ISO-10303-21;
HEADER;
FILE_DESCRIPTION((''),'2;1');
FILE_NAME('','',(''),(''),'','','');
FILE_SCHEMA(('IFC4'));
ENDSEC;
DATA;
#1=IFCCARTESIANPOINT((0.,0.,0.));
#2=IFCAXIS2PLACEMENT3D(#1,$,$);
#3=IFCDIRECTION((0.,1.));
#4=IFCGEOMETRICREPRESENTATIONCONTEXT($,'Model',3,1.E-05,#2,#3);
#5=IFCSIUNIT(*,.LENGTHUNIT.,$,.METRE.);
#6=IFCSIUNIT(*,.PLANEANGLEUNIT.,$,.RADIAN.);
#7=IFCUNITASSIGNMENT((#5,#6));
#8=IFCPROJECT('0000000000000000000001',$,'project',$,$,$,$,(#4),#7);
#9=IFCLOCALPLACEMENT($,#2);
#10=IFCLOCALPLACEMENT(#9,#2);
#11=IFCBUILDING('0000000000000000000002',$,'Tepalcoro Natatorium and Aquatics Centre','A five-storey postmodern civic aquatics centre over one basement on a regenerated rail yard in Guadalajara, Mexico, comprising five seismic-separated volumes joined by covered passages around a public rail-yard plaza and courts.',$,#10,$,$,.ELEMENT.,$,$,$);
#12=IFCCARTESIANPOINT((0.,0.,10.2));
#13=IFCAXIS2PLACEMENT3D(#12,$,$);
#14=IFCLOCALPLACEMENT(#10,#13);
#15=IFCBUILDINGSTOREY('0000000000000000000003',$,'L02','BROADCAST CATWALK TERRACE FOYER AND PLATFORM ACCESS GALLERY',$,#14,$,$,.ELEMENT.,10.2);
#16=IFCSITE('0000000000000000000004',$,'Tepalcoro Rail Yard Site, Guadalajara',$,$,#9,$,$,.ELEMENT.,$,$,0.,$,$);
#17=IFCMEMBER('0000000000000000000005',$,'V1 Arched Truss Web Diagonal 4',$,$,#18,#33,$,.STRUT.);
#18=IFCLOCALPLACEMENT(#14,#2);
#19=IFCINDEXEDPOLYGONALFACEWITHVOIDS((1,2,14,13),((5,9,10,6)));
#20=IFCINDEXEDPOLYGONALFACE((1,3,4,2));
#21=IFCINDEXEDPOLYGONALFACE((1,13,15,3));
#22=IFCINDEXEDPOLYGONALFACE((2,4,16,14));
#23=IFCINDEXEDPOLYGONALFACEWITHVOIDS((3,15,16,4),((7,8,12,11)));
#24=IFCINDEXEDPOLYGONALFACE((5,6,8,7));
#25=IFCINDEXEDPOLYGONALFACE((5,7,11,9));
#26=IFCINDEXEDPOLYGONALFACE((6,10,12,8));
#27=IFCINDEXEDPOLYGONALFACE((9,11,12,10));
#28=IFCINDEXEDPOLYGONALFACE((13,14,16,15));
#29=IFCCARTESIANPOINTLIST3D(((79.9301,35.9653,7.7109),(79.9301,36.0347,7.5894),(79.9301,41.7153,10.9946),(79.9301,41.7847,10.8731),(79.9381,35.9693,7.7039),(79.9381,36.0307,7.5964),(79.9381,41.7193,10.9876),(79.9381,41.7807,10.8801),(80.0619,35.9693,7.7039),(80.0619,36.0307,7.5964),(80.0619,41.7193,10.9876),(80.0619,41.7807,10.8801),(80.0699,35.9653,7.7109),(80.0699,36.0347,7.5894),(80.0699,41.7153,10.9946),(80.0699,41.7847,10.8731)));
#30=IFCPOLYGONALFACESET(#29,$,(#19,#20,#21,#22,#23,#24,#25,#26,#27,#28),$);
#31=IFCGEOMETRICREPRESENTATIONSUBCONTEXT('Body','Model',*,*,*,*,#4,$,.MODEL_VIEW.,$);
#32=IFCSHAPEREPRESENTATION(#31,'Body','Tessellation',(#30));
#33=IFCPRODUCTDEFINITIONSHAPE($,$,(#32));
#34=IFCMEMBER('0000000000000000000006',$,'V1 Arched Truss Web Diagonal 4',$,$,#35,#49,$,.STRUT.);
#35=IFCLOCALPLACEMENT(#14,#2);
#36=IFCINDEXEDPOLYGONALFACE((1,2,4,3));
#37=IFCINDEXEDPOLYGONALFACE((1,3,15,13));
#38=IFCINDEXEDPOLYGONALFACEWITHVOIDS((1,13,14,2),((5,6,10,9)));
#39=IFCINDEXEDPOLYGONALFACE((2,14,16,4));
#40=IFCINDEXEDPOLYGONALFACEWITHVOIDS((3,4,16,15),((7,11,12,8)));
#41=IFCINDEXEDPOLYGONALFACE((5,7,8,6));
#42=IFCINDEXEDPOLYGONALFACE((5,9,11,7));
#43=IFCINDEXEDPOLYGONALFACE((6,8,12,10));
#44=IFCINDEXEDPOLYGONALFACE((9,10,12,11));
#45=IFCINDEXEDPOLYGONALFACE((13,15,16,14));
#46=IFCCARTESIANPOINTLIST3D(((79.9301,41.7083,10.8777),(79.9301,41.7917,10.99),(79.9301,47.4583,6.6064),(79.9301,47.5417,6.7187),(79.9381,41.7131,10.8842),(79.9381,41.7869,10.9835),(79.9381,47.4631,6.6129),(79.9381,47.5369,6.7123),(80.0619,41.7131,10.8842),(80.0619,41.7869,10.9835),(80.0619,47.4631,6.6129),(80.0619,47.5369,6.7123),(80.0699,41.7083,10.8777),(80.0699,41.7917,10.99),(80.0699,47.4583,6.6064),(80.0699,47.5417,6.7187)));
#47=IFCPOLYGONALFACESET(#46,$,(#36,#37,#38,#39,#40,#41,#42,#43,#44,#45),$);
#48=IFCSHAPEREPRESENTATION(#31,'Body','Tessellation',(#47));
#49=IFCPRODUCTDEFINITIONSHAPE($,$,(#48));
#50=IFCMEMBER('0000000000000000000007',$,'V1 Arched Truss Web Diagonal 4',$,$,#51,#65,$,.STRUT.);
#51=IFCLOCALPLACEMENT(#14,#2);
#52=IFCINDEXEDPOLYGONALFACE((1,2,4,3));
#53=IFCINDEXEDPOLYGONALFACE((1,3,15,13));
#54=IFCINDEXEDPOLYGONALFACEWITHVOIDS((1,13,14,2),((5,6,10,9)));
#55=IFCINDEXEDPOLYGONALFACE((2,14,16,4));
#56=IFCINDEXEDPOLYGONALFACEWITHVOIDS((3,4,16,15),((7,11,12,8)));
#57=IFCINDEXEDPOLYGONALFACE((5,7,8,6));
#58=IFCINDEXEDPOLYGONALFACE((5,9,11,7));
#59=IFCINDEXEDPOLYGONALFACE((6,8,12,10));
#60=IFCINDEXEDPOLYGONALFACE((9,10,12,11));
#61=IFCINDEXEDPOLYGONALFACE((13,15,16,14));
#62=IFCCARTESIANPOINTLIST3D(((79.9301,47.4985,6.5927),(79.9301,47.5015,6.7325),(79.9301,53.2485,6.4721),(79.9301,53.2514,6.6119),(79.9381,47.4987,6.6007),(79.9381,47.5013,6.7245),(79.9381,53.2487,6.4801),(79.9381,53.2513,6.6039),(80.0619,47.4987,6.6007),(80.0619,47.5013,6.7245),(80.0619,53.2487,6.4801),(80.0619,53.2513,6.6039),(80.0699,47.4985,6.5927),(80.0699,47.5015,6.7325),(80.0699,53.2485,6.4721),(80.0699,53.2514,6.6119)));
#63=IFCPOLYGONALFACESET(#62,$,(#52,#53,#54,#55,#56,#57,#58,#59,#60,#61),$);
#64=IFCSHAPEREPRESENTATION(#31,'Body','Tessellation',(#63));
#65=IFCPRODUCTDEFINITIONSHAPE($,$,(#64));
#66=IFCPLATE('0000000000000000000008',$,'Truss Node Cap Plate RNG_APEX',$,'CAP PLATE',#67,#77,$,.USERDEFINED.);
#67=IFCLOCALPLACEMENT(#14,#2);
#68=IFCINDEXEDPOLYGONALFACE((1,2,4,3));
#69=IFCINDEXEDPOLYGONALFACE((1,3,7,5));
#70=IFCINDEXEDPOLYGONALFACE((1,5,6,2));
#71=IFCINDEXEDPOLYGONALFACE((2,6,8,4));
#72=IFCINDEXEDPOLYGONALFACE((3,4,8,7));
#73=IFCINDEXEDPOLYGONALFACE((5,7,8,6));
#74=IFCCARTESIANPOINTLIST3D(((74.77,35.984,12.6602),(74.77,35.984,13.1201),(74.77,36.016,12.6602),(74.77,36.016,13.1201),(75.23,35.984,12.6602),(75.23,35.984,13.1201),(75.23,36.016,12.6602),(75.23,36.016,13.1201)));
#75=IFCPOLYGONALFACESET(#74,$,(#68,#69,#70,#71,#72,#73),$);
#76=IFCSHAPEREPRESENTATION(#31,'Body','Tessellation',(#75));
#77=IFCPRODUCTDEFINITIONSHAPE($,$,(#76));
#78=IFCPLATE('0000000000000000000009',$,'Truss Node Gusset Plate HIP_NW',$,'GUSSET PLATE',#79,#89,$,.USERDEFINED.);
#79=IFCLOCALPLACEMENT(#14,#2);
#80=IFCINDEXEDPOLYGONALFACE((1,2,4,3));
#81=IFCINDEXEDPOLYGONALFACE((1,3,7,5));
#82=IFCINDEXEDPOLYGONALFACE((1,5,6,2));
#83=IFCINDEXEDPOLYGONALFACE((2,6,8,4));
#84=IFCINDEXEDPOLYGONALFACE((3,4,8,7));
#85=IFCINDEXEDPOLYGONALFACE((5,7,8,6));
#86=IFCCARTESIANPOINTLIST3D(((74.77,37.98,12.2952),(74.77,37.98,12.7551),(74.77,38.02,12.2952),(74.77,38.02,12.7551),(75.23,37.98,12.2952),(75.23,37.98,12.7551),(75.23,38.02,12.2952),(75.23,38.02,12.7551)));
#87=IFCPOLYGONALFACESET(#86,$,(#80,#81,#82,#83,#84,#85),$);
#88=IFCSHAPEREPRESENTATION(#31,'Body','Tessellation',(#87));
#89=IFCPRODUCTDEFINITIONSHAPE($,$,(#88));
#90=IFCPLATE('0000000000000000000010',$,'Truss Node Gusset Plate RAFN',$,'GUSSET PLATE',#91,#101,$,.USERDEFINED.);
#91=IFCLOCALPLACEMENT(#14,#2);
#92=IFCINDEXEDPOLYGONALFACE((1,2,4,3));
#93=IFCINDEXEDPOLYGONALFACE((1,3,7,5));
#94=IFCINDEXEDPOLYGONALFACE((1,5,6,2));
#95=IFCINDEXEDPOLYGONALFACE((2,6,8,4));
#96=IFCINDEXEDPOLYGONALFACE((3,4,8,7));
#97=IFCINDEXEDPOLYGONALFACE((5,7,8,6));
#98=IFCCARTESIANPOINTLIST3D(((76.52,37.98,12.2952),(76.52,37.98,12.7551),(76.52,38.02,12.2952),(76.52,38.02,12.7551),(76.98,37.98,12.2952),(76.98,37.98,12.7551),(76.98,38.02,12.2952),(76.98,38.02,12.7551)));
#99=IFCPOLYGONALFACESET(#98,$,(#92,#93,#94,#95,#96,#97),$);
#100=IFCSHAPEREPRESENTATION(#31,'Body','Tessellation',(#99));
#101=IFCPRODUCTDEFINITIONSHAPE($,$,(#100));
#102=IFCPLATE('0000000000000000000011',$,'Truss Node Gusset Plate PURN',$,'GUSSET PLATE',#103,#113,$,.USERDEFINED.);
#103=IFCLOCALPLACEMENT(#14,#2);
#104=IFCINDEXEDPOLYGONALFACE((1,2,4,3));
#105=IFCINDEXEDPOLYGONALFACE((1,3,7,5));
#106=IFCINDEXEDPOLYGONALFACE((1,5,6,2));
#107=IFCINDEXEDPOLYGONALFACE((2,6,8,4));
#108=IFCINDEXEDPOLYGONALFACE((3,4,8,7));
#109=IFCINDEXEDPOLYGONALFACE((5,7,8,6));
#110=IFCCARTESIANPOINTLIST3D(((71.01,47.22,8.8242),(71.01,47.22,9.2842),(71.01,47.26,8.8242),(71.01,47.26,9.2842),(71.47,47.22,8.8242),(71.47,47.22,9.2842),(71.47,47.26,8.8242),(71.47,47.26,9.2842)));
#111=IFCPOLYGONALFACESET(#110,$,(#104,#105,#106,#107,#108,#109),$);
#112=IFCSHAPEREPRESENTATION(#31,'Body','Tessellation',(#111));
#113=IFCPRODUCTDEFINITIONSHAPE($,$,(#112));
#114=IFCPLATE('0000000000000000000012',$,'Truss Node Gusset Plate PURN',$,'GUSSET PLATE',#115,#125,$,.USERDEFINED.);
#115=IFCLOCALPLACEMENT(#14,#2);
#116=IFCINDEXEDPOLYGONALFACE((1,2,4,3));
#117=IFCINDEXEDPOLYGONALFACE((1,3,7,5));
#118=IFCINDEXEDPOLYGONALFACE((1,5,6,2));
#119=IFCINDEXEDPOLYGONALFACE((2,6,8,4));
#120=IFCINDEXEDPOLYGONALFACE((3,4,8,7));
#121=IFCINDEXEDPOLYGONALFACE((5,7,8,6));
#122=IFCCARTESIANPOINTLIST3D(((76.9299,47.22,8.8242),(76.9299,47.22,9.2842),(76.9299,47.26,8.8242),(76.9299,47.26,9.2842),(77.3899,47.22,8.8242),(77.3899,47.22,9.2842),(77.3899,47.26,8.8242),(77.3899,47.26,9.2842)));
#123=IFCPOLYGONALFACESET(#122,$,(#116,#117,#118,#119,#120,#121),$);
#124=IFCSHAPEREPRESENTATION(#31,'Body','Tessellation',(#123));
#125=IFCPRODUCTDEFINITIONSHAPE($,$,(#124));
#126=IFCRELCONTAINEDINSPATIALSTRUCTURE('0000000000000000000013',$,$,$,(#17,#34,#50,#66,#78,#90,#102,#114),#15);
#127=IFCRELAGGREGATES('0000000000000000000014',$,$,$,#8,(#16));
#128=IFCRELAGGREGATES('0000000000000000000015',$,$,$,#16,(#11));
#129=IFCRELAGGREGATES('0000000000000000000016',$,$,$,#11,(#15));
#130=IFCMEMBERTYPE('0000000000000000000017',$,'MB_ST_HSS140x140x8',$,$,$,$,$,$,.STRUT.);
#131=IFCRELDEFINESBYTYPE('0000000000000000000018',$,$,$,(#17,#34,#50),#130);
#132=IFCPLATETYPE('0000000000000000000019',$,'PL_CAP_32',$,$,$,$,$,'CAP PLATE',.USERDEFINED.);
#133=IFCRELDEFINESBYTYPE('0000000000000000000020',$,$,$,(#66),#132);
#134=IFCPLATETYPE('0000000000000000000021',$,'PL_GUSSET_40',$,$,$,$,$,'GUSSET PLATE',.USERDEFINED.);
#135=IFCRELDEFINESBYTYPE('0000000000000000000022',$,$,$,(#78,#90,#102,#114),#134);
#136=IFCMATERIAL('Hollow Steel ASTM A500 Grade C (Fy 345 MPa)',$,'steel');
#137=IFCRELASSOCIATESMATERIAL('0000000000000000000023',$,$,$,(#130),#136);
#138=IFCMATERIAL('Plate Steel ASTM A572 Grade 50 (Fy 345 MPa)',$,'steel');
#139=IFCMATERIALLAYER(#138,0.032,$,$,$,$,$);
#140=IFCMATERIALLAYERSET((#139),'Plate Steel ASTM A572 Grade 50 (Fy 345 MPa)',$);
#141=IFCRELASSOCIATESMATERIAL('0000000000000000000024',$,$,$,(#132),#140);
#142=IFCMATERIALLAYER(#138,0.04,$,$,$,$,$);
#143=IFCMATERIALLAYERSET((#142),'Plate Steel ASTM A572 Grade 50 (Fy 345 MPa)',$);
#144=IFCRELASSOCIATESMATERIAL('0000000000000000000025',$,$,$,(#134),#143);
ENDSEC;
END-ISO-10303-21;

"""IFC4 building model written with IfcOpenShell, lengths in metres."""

from ifc_helpers import new_model, si_unit, direction, frame, origin, origin_2d, place, context, subcontext, project, spatial, rectangle, hollow_rectangle, extrude, material, layer, layer_set, material_profile, profile_set, type_object, element, save


model = new_model("IFC4")

# Units and contexts
model_context = context("Model", 3, precision=1e-05, world=origin(), true_north=direction((0.0, 1.0)))
body_context = subcontext(model_context, "Body", "Model", "MODEL_VIEW")
ifc_project = project(units=[si_unit("LENGTHUNIT", "METRE"), si_unit("PLANEANGLEUNIT", "RADIAN")], contexts=[model_context])

# Site, building, storey
site_placement = place(None, origin())
site = spatial("IfcSite", under=ifc_project, at=site_placement, Name="Tepalcoro Rail Yard Site, Guadalajara", CompositionType="ELEMENT", RefElevation=0.0)
building_placement = place(site_placement, origin())
building = spatial("IfcBuilding", under=site, at=building_placement, Name="Tepalcoro Natatorium and Aquatics Centre", Description="A five-storey postmodern civic aquatics centre over one basement on a regenerated rail yard in Guadalajara, Mexico, comprising five seismic-separated volumes joined by covered passages around a public rail-yard plaza and courts.", CompositionType="ELEMENT")
storey_placement = place(building_placement, frame((0.0, 0.0, 10.2)))
storey = spatial("IfcBuildingStorey", under=building, at=storey_placement, Name="L02", Description="BROADCAST CATWALK TERRACE FOYER AND PLATFORM ACCESS GALLERY", CompositionType="ELEMENT", Elevation=10.2)

# Members
ifc_material_1 = material(Name="Hollow Steel ASTM A500 Grade C (Fy 345 MPa)", Category="steel")
ifc_material_profile_1 = material_profile(ifc_material_1, hollow_rectangle(XDim=0.1399, YDim=0.1399, WallThickness=0.0081, at=origin_2d()), Name="HSS140X140X8")
ifc_profile_set_1 = profile_set([ifc_material_profile_1], Name="Hollow Steel ASTM A500 Grade C (Fy 345 MPa)")
member_type_1 = type_object("IfcMemberType", Name="MB_ST_HSS140x140x8", PredefinedType="STRUT", material=ifc_profile_set_1)
member_1_placement = place(storey_placement, frame((80.0, 36.0, 7.6501), z_axis=(0.0, 0.868375, 0.495909), x_axis=(-1.0, 0.0, 0.0)))
element("IfcMember", 1, at=member_1_placement, inside=storey, type_object=member_type_1, Name="V1 Arched Truss Web Diagonal 4", PredefinedType="STRUT", context=body_context, shape_type="SweptSolid", body=[
    extrude(hollow_rectangle(XDim=0.1399, YDim=0.1399, WallThickness=0.0081, at=origin_2d()), origin(), (0.0, 0.0, 1.0), 6.6216),
])
member_2_placement = place(storey_placement, frame((80.0, 41.75, 10.9338), z_axis=(0.0, 0.802756, -0.596307), x_axis=(-1.0, 0.0, 0.0)))
element("IfcMember", 2, at=member_2_placement, inside=storey, type_object=member_type_1, Name="V1 Arched Truss Web Diagonal 4", PredefinedType="STRUT", context=body_context, shape_type="SweptSolid", body=[
    extrude(hollow_rectangle(XDim=0.1399, YDim=0.1399, WallThickness=0.0081, at=origin_2d()), origin(), (0.0, 0.0, 1.0), 7.1628),
])
member_3_placement = place(storey_placement, frame((80.0, 47.5, 6.6626), z_axis=(0.0, 0.99978, -0.02097), x_axis=(-1.0, 0.0, 0.0)))
element("IfcMember", 3, at=member_3_placement, inside=storey, type_object=member_type_1, Name="V1 Arched Truss Web Diagonal 4", PredefinedType="STRUT", context=body_context, shape_type="SweptSolid", body=[
    extrude(hollow_rectangle(XDim=0.1399, YDim=0.1399, WallThickness=0.0081, at=origin_2d()), origin(), (0.0, 0.0, 1.0), 5.7512),
])

# Plates
ifc_material_2 = material(Name="Plate Steel ASTM A572 Grade 50 (Fy 345 MPa)", Category="steel")
ifc_layer_1 = layer(ifc_material_2, 0.032)
ifc_layer_set_1 = layer_set([ifc_layer_1], Name="Plate Steel ASTM A572 Grade 50 (Fy 345 MPa)")
plate_type_1 = type_object("IfcPlateType", Name="PL_CAP_32", ElementType="CAP PLATE", PredefinedType="USERDEFINED", material=ifc_layer_set_1)
plate_placement = place(storey_placement, frame((75.0, 36.0, 12.6602), z_axis=(0.0, 0.0, 1.0), x_axis=(1.0, 0.0, 0.0)))
element("IfcPlate", 4, at=plate_placement, inside=storey, type_object=plate_type_1, Name="Truss Node Cap Plate RNG_APEX", ObjectType="CAP PLATE", PredefinedType="USERDEFINED", context=body_context, shape_type="SweptSolid", body=[
    extrude(rectangle(XDim=0.46, YDim=0.032, at=origin_2d()), origin(), (0.0, 0.0, 1.0), 0.46),
])
ifc_layer_2 = layer(ifc_material_2, 0.04)
ifc_layer_set_2 = layer_set([ifc_layer_2], Name="Plate Steel ASTM A572 Grade 50 (Fy 345 MPa)")
plate_type_2 = type_object("IfcPlateType", Name="PL_GUSSET_40", ElementType="GUSSET PLATE", PredefinedType="USERDEFINED", material=ifc_layer_set_2)
for number, where, z_axis, x_axis, name in (
    (5, (75.0, 38.0, 12.2952), (0.0, 0.0, 1.0), (1.0, 0.0, 0.0), "Truss Node Gusset Plate HIP_NW"),
    (6, (76.75, 38.0, 12.2952), (0.0, 0.0, 1.0), (1.0, 0.0, 0.0), "Truss Node Gusset Plate RAFN"),
    (7, (71.24, 47.24, 8.8242), (0.0, 0.0, 1.0), (1.0, 0.0, 0.0), "Truss Node Gusset Plate PURN"),
    (8, (77.1599, 47.24, 8.8242), (0.0, 0.0, 1.0), (1.0, 0.0, 0.0), "Truss Node Gusset Plate PURN"),
):
    element("IfcPlate", number, at=place(storey_placement, frame(where, z_axis=z_axis, x_axis=x_axis)), inside=storey, type_object=plate_type_2, Name=name, ObjectType="GUSSET PLATE", PredefinedType="USERDEFINED", context=body_context, shape_type="SweptSolid", body=[
        extrude(rectangle(XDim=0.46, YDim=0.04, at=origin_2d()), origin(), (0.0, 0.0, 1.0), 0.46),
    ])

save(model, "model.ifc")
